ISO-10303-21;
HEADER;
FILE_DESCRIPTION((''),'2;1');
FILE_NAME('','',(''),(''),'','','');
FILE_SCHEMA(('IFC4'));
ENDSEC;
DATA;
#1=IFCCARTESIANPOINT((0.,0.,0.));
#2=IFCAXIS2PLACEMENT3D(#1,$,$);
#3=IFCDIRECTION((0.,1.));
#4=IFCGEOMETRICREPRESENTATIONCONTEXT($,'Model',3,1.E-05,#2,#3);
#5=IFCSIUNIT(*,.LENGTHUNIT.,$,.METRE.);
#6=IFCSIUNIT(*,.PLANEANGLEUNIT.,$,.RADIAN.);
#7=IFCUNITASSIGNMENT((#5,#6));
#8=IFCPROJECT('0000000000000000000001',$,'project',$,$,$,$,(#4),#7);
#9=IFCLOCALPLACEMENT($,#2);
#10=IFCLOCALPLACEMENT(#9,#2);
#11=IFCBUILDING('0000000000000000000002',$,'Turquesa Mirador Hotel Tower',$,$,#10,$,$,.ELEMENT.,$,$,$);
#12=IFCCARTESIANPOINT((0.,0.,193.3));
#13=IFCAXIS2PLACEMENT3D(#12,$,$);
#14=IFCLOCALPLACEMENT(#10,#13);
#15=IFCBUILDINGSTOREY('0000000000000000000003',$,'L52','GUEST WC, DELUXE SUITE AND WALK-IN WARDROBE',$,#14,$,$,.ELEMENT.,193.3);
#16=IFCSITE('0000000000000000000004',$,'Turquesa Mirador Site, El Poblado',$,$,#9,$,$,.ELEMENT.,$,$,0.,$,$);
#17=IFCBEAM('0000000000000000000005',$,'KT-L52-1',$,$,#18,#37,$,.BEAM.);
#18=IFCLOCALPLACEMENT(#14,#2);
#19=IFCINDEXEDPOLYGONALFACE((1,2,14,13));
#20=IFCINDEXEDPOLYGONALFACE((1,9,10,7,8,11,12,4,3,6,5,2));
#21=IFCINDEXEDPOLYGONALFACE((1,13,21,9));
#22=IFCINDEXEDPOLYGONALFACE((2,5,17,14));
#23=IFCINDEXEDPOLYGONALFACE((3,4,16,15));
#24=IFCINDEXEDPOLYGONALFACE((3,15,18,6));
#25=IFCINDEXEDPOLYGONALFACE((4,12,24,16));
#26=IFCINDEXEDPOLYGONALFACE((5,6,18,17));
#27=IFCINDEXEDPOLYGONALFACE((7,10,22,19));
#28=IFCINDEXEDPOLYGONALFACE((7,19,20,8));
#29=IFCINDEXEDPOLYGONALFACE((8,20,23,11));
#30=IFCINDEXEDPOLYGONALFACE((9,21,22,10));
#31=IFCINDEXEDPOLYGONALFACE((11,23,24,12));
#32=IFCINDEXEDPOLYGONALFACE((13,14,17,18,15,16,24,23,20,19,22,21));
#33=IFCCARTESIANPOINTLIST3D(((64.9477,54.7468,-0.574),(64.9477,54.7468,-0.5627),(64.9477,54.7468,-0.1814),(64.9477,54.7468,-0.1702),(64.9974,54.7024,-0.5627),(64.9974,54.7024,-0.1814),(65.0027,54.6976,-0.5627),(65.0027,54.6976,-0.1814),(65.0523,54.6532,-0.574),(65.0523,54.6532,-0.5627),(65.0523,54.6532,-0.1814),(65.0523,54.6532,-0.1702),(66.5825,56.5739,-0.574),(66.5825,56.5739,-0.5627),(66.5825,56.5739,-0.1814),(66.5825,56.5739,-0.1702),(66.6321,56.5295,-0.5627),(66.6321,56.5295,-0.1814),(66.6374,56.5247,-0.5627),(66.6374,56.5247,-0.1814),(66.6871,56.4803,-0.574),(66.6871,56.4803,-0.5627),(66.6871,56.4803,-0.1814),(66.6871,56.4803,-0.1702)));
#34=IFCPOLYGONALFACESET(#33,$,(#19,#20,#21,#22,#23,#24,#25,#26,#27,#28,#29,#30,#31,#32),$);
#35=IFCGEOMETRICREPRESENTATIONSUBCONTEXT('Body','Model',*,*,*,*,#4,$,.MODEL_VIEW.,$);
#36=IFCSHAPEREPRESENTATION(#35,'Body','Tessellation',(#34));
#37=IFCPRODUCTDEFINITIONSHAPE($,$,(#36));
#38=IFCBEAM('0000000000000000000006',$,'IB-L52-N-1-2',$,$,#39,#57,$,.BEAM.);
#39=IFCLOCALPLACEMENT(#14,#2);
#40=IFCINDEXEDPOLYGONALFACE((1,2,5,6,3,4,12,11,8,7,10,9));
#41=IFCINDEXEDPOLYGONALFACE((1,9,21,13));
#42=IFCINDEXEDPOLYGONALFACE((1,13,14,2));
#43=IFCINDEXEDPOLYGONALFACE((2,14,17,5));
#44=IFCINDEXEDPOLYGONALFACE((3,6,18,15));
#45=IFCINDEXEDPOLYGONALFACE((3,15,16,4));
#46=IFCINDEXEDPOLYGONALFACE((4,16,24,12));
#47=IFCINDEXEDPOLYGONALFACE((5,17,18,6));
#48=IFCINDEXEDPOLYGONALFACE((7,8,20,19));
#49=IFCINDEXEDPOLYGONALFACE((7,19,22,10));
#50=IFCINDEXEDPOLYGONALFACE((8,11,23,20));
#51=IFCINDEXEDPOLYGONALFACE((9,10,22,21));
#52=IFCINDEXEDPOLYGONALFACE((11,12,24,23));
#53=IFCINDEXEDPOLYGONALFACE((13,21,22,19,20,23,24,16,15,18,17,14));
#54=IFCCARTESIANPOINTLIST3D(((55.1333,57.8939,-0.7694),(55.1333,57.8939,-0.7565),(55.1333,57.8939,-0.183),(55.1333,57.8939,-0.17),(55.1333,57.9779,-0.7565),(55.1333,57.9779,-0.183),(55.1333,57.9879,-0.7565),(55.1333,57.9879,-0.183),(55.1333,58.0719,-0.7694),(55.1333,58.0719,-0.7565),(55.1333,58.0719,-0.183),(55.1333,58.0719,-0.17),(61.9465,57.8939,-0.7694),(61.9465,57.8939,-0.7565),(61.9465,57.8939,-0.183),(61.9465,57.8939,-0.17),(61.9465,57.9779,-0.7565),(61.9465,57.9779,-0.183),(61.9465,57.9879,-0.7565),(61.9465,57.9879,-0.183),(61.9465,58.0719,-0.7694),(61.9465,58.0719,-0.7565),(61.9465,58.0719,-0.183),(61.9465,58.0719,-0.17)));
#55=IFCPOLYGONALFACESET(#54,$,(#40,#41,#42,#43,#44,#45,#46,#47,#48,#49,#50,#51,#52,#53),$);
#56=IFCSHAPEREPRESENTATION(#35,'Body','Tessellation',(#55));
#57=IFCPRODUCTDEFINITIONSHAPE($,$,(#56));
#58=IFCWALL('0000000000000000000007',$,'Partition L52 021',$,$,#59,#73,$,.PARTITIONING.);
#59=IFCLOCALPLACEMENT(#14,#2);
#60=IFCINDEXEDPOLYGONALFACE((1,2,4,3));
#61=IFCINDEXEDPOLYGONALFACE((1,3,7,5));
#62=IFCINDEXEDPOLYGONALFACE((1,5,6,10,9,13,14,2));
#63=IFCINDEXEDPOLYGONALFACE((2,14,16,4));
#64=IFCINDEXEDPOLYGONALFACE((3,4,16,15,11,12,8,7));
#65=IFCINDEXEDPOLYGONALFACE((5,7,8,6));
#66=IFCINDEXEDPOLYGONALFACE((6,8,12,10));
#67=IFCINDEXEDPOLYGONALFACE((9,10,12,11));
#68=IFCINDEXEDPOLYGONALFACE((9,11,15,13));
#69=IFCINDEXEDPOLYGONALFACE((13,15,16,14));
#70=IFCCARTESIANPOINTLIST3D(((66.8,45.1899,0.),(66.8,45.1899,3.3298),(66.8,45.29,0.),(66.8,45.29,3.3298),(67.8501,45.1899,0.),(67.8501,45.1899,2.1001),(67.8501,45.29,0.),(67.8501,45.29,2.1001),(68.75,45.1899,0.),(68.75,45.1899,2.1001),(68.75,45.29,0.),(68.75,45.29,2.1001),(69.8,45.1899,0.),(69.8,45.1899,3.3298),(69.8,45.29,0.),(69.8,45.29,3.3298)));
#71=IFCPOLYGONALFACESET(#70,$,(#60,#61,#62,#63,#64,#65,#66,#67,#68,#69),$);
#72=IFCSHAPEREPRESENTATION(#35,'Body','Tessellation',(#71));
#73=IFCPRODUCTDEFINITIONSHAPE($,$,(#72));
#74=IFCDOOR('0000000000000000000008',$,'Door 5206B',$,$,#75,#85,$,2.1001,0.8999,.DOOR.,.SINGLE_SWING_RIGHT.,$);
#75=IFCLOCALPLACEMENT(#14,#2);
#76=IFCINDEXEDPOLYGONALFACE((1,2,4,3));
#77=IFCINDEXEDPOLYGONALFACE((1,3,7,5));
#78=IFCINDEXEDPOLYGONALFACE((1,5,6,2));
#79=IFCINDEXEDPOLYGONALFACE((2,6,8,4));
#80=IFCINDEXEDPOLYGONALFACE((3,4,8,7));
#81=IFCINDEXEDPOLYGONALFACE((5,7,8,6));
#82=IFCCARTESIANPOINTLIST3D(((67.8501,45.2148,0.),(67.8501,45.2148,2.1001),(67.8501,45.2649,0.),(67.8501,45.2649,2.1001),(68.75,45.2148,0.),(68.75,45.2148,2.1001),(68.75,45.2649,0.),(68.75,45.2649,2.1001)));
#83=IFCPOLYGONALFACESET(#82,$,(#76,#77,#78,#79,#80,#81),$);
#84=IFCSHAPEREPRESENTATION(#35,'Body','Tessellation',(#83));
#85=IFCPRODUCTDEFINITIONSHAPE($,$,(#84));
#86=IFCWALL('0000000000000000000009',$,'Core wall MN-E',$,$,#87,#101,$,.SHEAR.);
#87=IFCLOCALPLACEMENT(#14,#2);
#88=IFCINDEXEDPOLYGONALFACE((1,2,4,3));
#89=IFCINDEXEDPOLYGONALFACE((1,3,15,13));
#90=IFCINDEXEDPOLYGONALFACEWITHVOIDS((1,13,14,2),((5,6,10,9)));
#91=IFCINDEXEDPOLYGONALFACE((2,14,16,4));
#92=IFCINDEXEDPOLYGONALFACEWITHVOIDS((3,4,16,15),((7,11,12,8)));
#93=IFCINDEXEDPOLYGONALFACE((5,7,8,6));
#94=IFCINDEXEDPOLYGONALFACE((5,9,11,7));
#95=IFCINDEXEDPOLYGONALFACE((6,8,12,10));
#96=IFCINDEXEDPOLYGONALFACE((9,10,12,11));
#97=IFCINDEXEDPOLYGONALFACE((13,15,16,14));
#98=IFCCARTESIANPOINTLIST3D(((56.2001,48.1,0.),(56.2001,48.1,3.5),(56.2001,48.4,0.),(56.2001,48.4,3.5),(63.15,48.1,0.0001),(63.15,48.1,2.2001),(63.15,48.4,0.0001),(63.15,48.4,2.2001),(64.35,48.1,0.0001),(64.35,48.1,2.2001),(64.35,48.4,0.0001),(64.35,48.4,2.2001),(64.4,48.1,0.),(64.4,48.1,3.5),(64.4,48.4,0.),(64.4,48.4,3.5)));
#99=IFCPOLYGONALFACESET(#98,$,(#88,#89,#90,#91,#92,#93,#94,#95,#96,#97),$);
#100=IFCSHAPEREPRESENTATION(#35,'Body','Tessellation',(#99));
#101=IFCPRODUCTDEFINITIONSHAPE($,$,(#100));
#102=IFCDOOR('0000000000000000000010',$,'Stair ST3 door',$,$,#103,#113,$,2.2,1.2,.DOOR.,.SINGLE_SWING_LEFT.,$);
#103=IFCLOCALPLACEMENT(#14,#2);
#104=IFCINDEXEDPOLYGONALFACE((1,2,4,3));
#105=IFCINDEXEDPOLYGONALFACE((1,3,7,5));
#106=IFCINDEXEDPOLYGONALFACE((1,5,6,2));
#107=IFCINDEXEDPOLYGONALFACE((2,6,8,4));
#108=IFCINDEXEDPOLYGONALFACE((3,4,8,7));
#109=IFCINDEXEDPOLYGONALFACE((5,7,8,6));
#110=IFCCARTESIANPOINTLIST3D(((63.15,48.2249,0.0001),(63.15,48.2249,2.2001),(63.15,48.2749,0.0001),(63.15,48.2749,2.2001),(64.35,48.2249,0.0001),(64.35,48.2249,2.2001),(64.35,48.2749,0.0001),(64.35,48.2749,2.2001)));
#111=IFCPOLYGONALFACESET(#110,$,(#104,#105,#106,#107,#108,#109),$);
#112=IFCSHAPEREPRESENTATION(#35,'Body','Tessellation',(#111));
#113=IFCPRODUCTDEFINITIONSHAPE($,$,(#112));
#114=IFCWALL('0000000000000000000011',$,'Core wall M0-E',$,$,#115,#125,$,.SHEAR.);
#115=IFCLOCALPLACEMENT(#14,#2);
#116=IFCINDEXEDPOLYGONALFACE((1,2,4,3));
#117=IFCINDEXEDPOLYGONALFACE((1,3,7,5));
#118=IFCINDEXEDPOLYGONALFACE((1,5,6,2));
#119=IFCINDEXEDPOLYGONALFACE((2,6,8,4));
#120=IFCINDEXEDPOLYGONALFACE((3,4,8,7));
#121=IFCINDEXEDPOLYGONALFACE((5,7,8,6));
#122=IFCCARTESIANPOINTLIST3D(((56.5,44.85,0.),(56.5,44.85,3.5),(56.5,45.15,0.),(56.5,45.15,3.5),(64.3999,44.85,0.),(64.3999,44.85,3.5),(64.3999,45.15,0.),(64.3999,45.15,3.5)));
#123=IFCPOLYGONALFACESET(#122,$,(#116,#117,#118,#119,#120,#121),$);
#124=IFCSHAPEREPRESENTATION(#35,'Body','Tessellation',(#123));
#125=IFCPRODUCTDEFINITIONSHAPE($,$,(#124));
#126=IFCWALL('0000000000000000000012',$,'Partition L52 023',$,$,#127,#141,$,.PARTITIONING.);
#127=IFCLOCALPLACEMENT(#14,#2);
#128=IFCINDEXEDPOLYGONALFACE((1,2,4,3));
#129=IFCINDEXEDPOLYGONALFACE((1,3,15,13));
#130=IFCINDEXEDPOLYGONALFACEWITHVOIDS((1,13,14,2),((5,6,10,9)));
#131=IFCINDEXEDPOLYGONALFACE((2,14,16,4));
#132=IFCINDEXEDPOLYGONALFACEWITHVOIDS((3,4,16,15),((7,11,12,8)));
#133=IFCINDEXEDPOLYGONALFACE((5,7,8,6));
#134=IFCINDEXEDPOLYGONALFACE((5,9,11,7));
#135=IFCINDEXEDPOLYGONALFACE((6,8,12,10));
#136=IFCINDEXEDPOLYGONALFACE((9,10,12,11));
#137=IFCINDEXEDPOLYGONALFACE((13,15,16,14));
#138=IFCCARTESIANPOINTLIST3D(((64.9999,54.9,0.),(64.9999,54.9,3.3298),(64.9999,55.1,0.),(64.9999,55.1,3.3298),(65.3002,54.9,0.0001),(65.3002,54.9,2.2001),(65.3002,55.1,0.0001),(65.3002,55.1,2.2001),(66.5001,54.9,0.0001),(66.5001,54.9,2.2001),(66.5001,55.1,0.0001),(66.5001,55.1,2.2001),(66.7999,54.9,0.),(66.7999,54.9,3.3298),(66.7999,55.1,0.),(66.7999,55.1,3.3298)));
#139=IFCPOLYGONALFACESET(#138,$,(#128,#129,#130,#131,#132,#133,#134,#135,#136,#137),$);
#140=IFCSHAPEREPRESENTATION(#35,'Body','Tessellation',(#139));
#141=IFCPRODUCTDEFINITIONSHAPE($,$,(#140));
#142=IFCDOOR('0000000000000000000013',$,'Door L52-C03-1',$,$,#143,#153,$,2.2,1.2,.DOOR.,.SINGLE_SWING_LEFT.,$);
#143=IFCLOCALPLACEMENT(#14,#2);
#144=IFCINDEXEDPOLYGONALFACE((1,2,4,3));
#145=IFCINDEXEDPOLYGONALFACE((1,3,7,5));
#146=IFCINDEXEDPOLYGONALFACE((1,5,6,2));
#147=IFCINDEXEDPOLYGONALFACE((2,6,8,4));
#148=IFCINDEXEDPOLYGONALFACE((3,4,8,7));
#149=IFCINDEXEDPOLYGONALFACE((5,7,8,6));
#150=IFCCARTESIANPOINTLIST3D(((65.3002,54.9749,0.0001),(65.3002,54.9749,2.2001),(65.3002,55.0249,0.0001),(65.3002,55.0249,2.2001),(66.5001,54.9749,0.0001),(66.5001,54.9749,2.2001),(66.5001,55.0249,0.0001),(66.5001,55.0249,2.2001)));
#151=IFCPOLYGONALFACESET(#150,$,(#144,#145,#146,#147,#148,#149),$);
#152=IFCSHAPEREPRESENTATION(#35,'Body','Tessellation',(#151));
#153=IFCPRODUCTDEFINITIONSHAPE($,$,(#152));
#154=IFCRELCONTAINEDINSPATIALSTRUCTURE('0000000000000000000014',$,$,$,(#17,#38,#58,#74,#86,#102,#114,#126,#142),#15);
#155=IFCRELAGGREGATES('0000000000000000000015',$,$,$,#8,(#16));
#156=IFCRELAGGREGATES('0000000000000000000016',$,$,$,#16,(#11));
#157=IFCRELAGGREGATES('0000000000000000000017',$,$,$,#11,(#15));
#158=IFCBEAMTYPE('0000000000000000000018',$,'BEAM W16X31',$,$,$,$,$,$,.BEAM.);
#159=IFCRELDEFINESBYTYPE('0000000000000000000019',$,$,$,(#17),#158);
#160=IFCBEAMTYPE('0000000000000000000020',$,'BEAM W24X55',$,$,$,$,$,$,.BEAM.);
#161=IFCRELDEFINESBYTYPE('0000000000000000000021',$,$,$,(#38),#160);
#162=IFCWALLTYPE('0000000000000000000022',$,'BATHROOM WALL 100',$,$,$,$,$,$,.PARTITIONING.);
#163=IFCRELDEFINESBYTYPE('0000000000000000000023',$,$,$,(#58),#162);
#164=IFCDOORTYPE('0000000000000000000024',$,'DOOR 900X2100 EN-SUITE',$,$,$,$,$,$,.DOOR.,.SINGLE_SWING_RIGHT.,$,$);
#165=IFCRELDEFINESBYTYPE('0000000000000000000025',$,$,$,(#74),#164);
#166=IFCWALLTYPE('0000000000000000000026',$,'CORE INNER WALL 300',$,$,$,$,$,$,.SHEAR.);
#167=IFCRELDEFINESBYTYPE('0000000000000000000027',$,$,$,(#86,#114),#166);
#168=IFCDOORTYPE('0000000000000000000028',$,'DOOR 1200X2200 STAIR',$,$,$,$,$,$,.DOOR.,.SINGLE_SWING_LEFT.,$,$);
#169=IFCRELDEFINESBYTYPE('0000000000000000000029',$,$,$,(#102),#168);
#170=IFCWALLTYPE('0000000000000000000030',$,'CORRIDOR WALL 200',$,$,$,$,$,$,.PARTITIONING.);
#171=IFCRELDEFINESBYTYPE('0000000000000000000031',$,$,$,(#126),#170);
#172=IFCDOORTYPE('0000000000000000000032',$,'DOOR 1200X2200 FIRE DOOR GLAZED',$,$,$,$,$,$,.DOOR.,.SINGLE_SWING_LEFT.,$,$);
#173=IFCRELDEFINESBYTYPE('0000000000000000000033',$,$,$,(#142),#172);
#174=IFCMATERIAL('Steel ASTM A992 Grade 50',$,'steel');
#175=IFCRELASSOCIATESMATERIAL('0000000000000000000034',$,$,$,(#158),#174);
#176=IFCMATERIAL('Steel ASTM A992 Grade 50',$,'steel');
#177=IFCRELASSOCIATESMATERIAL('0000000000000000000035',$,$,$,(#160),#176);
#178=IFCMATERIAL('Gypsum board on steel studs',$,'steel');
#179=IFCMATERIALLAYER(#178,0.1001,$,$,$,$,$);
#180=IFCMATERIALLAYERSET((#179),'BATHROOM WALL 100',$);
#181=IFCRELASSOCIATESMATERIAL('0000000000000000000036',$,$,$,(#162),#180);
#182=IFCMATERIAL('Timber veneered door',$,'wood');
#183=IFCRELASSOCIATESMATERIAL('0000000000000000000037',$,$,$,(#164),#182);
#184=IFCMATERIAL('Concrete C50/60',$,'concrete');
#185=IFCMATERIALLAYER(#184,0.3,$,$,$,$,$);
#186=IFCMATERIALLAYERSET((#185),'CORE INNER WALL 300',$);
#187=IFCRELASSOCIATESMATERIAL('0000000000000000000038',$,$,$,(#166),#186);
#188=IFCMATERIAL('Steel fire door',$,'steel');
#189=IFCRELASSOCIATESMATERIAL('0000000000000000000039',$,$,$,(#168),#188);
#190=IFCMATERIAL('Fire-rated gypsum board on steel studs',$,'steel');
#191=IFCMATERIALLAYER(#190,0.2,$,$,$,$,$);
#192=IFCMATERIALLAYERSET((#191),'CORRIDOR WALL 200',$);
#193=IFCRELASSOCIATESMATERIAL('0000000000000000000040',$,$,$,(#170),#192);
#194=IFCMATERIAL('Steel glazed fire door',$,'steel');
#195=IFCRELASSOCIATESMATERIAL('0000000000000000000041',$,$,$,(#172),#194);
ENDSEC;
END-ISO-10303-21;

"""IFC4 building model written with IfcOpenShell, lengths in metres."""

from ifc_helpers import new_model, si_unit, direction, frame, frame_2d, origin, origin_2d, place, context, subcontext, project, spatial, rectangle, i_section, extrude, material, layer, layer_set, material_profile, profile_set, type_object, element, fill, save


model = new_model("IFC4")

# Units and contexts
model_context = context("Model", 3, precision=1e-05, world=origin(), true_north=direction((0.0, 1.0)))
body_context = subcontext(model_context, "Body", "Model", "MODEL_VIEW")
ifc_project = project(units=[si_unit("LENGTHUNIT", "METRE"), si_unit("PLANEANGLEUNIT", "RADIAN")], contexts=[model_context])

# Site, building, storey
site_placement = place(None, origin())
site = spatial("IfcSite", under=ifc_project, at=site_placement, Name="Turquesa Mirador Site, El Poblado", CompositionType="ELEMENT", RefElevation=0.0)
building_placement = place(site_placement, origin())
building = spatial("IfcBuilding", under=site, at=building_placement, Name="Turquesa Mirador Hotel Tower", CompositionType="ELEMENT")
storey_placement = place(building_placement, frame((0.0, 0.0, 193.3)))
storey = spatial("IfcBuildingStorey", under=building, at=storey_placement, Name="L52", Description="GUEST WC, DELUXE SUITE AND WALK-IN WARDROBE", CompositionType="ELEMENT", Elevation=193.3)

# Beams
ifc_material_1 = material(Name="Steel ASTM A992 Grade 50", Category="steel")
ifc_material_profile_1 = material_profile(ifc_material_1, i_section(OverallWidth=0.1404, OverallDepth=0.4038, WebThickness=0.0071, FlangeThickness=0.0112, at=origin_2d()), Name="W16X31")
ifc_profile_set_1 = profile_set([ifc_material_profile_1], Name="Steel ASTM A992 Grade 50")
beam_type_1 = type_object("IfcBeamType", Name="BEAM W16X31", PredefinedType="BEAM", material=ifc_profile_set_1)
beam_1_placement = place(storey_placement, frame((66.6348, 56.5271, -0.3721), z_axis=(-0.666783, -0.745252, 0.0), x_axis=(0.745252, -0.666783, 0.0)))
element("IfcBeam", 1, at=beam_1_placement, inside=storey, type_object=beam_type_1, Name="KT-L52-1", PredefinedType="BEAM", context=body_context, shape_type="SweptSolid", body=[
    extrude(i_section(OverallWidth=0.1404, OverallDepth=0.4038, WebThickness=0.0071, FlangeThickness=0.0112, at=origin_2d()), origin(), (0.0, 0.0, 1.0), 2.4517),
])
ifc_material_2 = material(Name="Steel ASTM A992 Grade 50", Category="steel")
ifc_material_profile_2 = material_profile(ifc_material_2, i_section(OverallWidth=0.178, OverallDepth=0.5994, WebThickness=0.01, FlangeThickness=0.0129, at=origin_2d()), Name="W24X55")
ifc_profile_set_2 = profile_set([ifc_material_profile_2], Name="Steel ASTM A992 Grade 50")
beam_type_2 = type_object("IfcBeamType", Name="BEAM W24X55", PredefinedType="BEAM", material=ifc_profile_set_2)
beam_2_placement = place(storey_placement, frame((55.1333, 57.9829, -0.4697), z_axis=(1.0, 0.0, 0.0), x_axis=(0.0, 1.0, 0.0)))
element("IfcBeam", 2, at=beam_2_placement, inside=storey, type_object=beam_type_2, Name="IB-L52-N-1-2", PredefinedType="BEAM", context=body_context, shape_type="SweptSolid", body=[
    extrude(i_section(OverallWidth=0.178, OverallDepth=0.5994, WebThickness=0.01, FlangeThickness=0.0129, at=origin_2d()), origin(), (0.0, 0.0, 1.0), 6.8132),
])

# Walls, openings, doors
ifc_material_3 = material(Name="Gypsum board on steel studs", Category="steel")
ifc_layer_1 = layer(ifc_material_3, 0.1001)
ifc_layer_set_1 = layer_set([ifc_layer_1], Name="BATHROOM WALL 100")
wall_type_1 = type_object("IfcWallType", Name="BATHROOM WALL 100", PredefinedType="PARTITIONING", material=ifc_layer_set_1)
wall_1_placement = place(storey_placement, frame((66.8, 45.24, 0.0), z_axis=(0.0, 0.0, 1.0), x_axis=(1.0, 0.0, 0.0)))
wall_1 = element("IfcWall", 3, at=wall_1_placement, inside=storey, type_object=wall_type_1, Name="Partition L52 021", PredefinedType="PARTITIONING", context=body_context, shape_type="SweptSolid", body=[
    extrude(rectangle(XDim=3.0, YDim=0.1001, at=frame_2d((1.5, 0.0))), origin(), (0.0, 0.0, 1.0), 3.3298),
])
opening_1_placement = place(wall_1_placement, frame((1.05, 0.0, 0.0)))
opening_1 = element("IfcOpeningElement", 4, at=opening_1_placement, cuts=wall_1, PredefinedType="OPENING", context=body_context, shape_type="SweptSolid", body=[
    extrude(rectangle(XDim=0.8999, YDim=2.1001, at=frame_2d((0.45, 1.05))), frame((0.0, 0.0601, 0.0), z_axis=(0.0, -1.0, 0.0), x_axis=(1.0, 0.0, 0.0)), (0.0, 0.0, 1.0), 0.1201),
])
ifc_material_4 = material(Name="Timber veneered door", Category="wood")
door_type_1 = type_object("IfcDoorType", Name="DOOR 900X2100 EN-SUITE", OperationType="SINGLE_SWING_RIGHT", PredefinedType="DOOR", material=ifc_material_4)
door_1_placement = place(opening_1_placement, origin())
door_1 = element("IfcDoor", 5, at=door_1_placement, inside=storey, type_object=door_type_1, Name="Door 5206B", OperationType="SINGLE_SWING_RIGHT", OverallHeight=2.1001, OverallWidth=0.8999, PredefinedType="DOOR", context=body_context, shape_type="SweptSolid", body=[
    extrude(rectangle(XDim=0.8999, YDim=2.1001, at=frame_2d((0.45, 1.05))), frame((0.0, 0.0249, 0.0), z_axis=(0.0, -1.0, 0.0), x_axis=(1.0, 0.0, 0.0)), (0.0, 0.0, 1.0), 0.05),
])
fill(opening_1, door_1)
ifc_material_5 = material(Name="Concrete C50/60", Category="concrete")
ifc_layer_2 = layer(ifc_material_5, 0.3)
ifc_layer_set_2 = layer_set([ifc_layer_2], Name="CORE INNER WALL 300")
wall_type_2 = type_object("IfcWallType", Name="CORE INNER WALL 300", PredefinedType="SHEAR", material=ifc_layer_set_2)
wall_2_placement = place(storey_placement, frame((56.2, 48.25, 0.0), z_axis=(0.0, 0.0, 1.0), x_axis=(1.0, 0.0, 0.0)))
wall_2 = element("IfcWall", 6, at=wall_2_placement, inside=storey, type_object=wall_type_2, Name="Core wall MN-E", PredefinedType="SHEAR", context=body_context, shape_type="SweptSolid", body=[
    extrude(rectangle(XDim=8.2, YDim=0.3, at=frame_2d((4.1001, 0.0))), origin(), (0.0, 0.0, 1.0), 3.5),
])
opening_2_placement = place(wall_2_placement, frame((6.95, 0.0, 0.0)))
opening_2 = element("IfcOpeningElement", 7, at=opening_2_placement, cuts=wall_2, PredefinedType="OPENING", context=body_context, shape_type="SweptSolid", body=[
    extrude(rectangle(XDim=1.2, YDim=2.2, at=frame_2d((0.6001, 1.1001))), frame((0.0, 0.1599, 0.0), z_axis=(0.0, -1.0, 0.0), x_axis=(1.0, 0.0, 0.0)), (0.0, 0.0, 1.0), 0.3201),
])
ifc_material_6 = material(Name="Steel fire door", Category="steel")
door_type_2 = type_object("IfcDoorType", Name="DOOR 1200X2200 STAIR", OperationType="SINGLE_SWING_LEFT", PredefinedType="DOOR", material=ifc_material_6)
door_2_placement = place(opening_2_placement, origin())
door_2 = element("IfcDoor", 8, at=door_2_placement, inside=storey, type_object=door_type_2, Name="Stair ST3 door", OperationType="SINGLE_SWING_LEFT", OverallHeight=2.2, OverallWidth=1.2, PredefinedType="DOOR", context=body_context, shape_type="SweptSolid", body=[
    extrude(rectangle(XDim=1.2, YDim=2.2, at=frame_2d((0.6001, 1.1001))), frame((0.0, 0.0249, 0.0), z_axis=(0.0, -1.0, 0.0), x_axis=(1.0, 0.0, 0.0)), (0.0, 0.0, 1.0), 0.05),
])
fill(opening_2, door_2)

# Wall
wall_3_placement = place(storey_placement, frame((56.5, 45.0, 0.0), z_axis=(0.0, 0.0, 1.0), x_axis=(1.0, 0.0, 0.0)))
element("IfcWall", 9, at=wall_3_placement, inside=storey, type_object=wall_type_2, Name="Core wall M0-E", PredefinedType="SHEAR", context=body_context, shape_type="SweptSolid", body=[
    extrude(rectangle(XDim=7.8999, YDim=0.3, at=frame_2d((3.95, 0.0))), origin(), (0.0, 0.0, 1.0), 3.5),
])

# Wall, opening, door
ifc_material_7 = material(Name="Fire-rated gypsum board on steel studs", Category="steel")
ifc_layer_3 = layer(ifc_material_7, 0.2)
ifc_layer_set_3 = layer_set([ifc_layer_3], Name="CORRIDOR WALL 200")
wall_type_3 = type_object("IfcWallType", Name="CORRIDOR WALL 200", PredefinedType="PARTITIONING", material=ifc_layer_set_3)
wall_4_placement = place(storey_placement, frame((65.0, 55.0, 0.0), z_axis=(0.0, 0.0, 1.0), x_axis=(1.0, 0.0, 0.0)))
wall_4 = element("IfcWall", 10, at=wall_4_placement, inside=storey, type_object=wall_type_3, Name="Partition L52 023", PredefinedType="PARTITIONING", context=body_context, shape_type="SweptSolid", body=[
    extrude(rectangle(XDim=1.8, YDim=0.2, at=frame_2d((0.8999, 0.0))), origin(), (0.0, 0.0, 1.0), 3.3298),
])
opening_3_placement = place(wall_4_placement, frame((0.3, 0.0, 0.0)))
opening_3 = element("IfcOpeningElement", 11, at=opening_3_placement, cuts=wall_4, PredefinedType="OPENING", context=body_context, shape_type="SweptSolid", body=[
    extrude(rectangle(XDim=1.2, YDim=2.2, at=frame_2d((0.6001, 1.1001))), frame((0.0, 0.1099, 0.0), z_axis=(0.0, -1.0, 0.0), x_axis=(1.0, 0.0, 0.0)), (0.0, 0.0, 1.0), 0.22),
])
ifc_material_8 = material(Name="Steel glazed fire door", Category="steel")
door_type_3 = type_object("IfcDoorType", Name="DOOR 1200X2200 FIRE DOOR GLAZED", OperationType="SINGLE_SWING_LEFT", PredefinedType="DOOR", material=ifc_material_8)
door_3_placement = place(opening_3_placement, origin())
door_3 = element("IfcDoor", 12, at=door_3_placement, inside=storey, type_object=door_type_3, Name="Door L52-C03-1", OperationType="SINGLE_SWING_LEFT", OverallHeight=2.2, OverallWidth=1.2, PredefinedType="DOOR", context=body_context, shape_type="SweptSolid", body=[
    extrude(rectangle(XDim=1.2, YDim=2.2, at=frame_2d((0.6001, 1.1001))), frame((0.0, 0.0249, 0.0), z_axis=(0.0, -1.0, 0.0), x_axis=(1.0, 0.0, 0.0)), (0.0, 0.0, 1.0), 0.05),
])
fill(opening_3, door_3)

save(model, "model.ifc")
